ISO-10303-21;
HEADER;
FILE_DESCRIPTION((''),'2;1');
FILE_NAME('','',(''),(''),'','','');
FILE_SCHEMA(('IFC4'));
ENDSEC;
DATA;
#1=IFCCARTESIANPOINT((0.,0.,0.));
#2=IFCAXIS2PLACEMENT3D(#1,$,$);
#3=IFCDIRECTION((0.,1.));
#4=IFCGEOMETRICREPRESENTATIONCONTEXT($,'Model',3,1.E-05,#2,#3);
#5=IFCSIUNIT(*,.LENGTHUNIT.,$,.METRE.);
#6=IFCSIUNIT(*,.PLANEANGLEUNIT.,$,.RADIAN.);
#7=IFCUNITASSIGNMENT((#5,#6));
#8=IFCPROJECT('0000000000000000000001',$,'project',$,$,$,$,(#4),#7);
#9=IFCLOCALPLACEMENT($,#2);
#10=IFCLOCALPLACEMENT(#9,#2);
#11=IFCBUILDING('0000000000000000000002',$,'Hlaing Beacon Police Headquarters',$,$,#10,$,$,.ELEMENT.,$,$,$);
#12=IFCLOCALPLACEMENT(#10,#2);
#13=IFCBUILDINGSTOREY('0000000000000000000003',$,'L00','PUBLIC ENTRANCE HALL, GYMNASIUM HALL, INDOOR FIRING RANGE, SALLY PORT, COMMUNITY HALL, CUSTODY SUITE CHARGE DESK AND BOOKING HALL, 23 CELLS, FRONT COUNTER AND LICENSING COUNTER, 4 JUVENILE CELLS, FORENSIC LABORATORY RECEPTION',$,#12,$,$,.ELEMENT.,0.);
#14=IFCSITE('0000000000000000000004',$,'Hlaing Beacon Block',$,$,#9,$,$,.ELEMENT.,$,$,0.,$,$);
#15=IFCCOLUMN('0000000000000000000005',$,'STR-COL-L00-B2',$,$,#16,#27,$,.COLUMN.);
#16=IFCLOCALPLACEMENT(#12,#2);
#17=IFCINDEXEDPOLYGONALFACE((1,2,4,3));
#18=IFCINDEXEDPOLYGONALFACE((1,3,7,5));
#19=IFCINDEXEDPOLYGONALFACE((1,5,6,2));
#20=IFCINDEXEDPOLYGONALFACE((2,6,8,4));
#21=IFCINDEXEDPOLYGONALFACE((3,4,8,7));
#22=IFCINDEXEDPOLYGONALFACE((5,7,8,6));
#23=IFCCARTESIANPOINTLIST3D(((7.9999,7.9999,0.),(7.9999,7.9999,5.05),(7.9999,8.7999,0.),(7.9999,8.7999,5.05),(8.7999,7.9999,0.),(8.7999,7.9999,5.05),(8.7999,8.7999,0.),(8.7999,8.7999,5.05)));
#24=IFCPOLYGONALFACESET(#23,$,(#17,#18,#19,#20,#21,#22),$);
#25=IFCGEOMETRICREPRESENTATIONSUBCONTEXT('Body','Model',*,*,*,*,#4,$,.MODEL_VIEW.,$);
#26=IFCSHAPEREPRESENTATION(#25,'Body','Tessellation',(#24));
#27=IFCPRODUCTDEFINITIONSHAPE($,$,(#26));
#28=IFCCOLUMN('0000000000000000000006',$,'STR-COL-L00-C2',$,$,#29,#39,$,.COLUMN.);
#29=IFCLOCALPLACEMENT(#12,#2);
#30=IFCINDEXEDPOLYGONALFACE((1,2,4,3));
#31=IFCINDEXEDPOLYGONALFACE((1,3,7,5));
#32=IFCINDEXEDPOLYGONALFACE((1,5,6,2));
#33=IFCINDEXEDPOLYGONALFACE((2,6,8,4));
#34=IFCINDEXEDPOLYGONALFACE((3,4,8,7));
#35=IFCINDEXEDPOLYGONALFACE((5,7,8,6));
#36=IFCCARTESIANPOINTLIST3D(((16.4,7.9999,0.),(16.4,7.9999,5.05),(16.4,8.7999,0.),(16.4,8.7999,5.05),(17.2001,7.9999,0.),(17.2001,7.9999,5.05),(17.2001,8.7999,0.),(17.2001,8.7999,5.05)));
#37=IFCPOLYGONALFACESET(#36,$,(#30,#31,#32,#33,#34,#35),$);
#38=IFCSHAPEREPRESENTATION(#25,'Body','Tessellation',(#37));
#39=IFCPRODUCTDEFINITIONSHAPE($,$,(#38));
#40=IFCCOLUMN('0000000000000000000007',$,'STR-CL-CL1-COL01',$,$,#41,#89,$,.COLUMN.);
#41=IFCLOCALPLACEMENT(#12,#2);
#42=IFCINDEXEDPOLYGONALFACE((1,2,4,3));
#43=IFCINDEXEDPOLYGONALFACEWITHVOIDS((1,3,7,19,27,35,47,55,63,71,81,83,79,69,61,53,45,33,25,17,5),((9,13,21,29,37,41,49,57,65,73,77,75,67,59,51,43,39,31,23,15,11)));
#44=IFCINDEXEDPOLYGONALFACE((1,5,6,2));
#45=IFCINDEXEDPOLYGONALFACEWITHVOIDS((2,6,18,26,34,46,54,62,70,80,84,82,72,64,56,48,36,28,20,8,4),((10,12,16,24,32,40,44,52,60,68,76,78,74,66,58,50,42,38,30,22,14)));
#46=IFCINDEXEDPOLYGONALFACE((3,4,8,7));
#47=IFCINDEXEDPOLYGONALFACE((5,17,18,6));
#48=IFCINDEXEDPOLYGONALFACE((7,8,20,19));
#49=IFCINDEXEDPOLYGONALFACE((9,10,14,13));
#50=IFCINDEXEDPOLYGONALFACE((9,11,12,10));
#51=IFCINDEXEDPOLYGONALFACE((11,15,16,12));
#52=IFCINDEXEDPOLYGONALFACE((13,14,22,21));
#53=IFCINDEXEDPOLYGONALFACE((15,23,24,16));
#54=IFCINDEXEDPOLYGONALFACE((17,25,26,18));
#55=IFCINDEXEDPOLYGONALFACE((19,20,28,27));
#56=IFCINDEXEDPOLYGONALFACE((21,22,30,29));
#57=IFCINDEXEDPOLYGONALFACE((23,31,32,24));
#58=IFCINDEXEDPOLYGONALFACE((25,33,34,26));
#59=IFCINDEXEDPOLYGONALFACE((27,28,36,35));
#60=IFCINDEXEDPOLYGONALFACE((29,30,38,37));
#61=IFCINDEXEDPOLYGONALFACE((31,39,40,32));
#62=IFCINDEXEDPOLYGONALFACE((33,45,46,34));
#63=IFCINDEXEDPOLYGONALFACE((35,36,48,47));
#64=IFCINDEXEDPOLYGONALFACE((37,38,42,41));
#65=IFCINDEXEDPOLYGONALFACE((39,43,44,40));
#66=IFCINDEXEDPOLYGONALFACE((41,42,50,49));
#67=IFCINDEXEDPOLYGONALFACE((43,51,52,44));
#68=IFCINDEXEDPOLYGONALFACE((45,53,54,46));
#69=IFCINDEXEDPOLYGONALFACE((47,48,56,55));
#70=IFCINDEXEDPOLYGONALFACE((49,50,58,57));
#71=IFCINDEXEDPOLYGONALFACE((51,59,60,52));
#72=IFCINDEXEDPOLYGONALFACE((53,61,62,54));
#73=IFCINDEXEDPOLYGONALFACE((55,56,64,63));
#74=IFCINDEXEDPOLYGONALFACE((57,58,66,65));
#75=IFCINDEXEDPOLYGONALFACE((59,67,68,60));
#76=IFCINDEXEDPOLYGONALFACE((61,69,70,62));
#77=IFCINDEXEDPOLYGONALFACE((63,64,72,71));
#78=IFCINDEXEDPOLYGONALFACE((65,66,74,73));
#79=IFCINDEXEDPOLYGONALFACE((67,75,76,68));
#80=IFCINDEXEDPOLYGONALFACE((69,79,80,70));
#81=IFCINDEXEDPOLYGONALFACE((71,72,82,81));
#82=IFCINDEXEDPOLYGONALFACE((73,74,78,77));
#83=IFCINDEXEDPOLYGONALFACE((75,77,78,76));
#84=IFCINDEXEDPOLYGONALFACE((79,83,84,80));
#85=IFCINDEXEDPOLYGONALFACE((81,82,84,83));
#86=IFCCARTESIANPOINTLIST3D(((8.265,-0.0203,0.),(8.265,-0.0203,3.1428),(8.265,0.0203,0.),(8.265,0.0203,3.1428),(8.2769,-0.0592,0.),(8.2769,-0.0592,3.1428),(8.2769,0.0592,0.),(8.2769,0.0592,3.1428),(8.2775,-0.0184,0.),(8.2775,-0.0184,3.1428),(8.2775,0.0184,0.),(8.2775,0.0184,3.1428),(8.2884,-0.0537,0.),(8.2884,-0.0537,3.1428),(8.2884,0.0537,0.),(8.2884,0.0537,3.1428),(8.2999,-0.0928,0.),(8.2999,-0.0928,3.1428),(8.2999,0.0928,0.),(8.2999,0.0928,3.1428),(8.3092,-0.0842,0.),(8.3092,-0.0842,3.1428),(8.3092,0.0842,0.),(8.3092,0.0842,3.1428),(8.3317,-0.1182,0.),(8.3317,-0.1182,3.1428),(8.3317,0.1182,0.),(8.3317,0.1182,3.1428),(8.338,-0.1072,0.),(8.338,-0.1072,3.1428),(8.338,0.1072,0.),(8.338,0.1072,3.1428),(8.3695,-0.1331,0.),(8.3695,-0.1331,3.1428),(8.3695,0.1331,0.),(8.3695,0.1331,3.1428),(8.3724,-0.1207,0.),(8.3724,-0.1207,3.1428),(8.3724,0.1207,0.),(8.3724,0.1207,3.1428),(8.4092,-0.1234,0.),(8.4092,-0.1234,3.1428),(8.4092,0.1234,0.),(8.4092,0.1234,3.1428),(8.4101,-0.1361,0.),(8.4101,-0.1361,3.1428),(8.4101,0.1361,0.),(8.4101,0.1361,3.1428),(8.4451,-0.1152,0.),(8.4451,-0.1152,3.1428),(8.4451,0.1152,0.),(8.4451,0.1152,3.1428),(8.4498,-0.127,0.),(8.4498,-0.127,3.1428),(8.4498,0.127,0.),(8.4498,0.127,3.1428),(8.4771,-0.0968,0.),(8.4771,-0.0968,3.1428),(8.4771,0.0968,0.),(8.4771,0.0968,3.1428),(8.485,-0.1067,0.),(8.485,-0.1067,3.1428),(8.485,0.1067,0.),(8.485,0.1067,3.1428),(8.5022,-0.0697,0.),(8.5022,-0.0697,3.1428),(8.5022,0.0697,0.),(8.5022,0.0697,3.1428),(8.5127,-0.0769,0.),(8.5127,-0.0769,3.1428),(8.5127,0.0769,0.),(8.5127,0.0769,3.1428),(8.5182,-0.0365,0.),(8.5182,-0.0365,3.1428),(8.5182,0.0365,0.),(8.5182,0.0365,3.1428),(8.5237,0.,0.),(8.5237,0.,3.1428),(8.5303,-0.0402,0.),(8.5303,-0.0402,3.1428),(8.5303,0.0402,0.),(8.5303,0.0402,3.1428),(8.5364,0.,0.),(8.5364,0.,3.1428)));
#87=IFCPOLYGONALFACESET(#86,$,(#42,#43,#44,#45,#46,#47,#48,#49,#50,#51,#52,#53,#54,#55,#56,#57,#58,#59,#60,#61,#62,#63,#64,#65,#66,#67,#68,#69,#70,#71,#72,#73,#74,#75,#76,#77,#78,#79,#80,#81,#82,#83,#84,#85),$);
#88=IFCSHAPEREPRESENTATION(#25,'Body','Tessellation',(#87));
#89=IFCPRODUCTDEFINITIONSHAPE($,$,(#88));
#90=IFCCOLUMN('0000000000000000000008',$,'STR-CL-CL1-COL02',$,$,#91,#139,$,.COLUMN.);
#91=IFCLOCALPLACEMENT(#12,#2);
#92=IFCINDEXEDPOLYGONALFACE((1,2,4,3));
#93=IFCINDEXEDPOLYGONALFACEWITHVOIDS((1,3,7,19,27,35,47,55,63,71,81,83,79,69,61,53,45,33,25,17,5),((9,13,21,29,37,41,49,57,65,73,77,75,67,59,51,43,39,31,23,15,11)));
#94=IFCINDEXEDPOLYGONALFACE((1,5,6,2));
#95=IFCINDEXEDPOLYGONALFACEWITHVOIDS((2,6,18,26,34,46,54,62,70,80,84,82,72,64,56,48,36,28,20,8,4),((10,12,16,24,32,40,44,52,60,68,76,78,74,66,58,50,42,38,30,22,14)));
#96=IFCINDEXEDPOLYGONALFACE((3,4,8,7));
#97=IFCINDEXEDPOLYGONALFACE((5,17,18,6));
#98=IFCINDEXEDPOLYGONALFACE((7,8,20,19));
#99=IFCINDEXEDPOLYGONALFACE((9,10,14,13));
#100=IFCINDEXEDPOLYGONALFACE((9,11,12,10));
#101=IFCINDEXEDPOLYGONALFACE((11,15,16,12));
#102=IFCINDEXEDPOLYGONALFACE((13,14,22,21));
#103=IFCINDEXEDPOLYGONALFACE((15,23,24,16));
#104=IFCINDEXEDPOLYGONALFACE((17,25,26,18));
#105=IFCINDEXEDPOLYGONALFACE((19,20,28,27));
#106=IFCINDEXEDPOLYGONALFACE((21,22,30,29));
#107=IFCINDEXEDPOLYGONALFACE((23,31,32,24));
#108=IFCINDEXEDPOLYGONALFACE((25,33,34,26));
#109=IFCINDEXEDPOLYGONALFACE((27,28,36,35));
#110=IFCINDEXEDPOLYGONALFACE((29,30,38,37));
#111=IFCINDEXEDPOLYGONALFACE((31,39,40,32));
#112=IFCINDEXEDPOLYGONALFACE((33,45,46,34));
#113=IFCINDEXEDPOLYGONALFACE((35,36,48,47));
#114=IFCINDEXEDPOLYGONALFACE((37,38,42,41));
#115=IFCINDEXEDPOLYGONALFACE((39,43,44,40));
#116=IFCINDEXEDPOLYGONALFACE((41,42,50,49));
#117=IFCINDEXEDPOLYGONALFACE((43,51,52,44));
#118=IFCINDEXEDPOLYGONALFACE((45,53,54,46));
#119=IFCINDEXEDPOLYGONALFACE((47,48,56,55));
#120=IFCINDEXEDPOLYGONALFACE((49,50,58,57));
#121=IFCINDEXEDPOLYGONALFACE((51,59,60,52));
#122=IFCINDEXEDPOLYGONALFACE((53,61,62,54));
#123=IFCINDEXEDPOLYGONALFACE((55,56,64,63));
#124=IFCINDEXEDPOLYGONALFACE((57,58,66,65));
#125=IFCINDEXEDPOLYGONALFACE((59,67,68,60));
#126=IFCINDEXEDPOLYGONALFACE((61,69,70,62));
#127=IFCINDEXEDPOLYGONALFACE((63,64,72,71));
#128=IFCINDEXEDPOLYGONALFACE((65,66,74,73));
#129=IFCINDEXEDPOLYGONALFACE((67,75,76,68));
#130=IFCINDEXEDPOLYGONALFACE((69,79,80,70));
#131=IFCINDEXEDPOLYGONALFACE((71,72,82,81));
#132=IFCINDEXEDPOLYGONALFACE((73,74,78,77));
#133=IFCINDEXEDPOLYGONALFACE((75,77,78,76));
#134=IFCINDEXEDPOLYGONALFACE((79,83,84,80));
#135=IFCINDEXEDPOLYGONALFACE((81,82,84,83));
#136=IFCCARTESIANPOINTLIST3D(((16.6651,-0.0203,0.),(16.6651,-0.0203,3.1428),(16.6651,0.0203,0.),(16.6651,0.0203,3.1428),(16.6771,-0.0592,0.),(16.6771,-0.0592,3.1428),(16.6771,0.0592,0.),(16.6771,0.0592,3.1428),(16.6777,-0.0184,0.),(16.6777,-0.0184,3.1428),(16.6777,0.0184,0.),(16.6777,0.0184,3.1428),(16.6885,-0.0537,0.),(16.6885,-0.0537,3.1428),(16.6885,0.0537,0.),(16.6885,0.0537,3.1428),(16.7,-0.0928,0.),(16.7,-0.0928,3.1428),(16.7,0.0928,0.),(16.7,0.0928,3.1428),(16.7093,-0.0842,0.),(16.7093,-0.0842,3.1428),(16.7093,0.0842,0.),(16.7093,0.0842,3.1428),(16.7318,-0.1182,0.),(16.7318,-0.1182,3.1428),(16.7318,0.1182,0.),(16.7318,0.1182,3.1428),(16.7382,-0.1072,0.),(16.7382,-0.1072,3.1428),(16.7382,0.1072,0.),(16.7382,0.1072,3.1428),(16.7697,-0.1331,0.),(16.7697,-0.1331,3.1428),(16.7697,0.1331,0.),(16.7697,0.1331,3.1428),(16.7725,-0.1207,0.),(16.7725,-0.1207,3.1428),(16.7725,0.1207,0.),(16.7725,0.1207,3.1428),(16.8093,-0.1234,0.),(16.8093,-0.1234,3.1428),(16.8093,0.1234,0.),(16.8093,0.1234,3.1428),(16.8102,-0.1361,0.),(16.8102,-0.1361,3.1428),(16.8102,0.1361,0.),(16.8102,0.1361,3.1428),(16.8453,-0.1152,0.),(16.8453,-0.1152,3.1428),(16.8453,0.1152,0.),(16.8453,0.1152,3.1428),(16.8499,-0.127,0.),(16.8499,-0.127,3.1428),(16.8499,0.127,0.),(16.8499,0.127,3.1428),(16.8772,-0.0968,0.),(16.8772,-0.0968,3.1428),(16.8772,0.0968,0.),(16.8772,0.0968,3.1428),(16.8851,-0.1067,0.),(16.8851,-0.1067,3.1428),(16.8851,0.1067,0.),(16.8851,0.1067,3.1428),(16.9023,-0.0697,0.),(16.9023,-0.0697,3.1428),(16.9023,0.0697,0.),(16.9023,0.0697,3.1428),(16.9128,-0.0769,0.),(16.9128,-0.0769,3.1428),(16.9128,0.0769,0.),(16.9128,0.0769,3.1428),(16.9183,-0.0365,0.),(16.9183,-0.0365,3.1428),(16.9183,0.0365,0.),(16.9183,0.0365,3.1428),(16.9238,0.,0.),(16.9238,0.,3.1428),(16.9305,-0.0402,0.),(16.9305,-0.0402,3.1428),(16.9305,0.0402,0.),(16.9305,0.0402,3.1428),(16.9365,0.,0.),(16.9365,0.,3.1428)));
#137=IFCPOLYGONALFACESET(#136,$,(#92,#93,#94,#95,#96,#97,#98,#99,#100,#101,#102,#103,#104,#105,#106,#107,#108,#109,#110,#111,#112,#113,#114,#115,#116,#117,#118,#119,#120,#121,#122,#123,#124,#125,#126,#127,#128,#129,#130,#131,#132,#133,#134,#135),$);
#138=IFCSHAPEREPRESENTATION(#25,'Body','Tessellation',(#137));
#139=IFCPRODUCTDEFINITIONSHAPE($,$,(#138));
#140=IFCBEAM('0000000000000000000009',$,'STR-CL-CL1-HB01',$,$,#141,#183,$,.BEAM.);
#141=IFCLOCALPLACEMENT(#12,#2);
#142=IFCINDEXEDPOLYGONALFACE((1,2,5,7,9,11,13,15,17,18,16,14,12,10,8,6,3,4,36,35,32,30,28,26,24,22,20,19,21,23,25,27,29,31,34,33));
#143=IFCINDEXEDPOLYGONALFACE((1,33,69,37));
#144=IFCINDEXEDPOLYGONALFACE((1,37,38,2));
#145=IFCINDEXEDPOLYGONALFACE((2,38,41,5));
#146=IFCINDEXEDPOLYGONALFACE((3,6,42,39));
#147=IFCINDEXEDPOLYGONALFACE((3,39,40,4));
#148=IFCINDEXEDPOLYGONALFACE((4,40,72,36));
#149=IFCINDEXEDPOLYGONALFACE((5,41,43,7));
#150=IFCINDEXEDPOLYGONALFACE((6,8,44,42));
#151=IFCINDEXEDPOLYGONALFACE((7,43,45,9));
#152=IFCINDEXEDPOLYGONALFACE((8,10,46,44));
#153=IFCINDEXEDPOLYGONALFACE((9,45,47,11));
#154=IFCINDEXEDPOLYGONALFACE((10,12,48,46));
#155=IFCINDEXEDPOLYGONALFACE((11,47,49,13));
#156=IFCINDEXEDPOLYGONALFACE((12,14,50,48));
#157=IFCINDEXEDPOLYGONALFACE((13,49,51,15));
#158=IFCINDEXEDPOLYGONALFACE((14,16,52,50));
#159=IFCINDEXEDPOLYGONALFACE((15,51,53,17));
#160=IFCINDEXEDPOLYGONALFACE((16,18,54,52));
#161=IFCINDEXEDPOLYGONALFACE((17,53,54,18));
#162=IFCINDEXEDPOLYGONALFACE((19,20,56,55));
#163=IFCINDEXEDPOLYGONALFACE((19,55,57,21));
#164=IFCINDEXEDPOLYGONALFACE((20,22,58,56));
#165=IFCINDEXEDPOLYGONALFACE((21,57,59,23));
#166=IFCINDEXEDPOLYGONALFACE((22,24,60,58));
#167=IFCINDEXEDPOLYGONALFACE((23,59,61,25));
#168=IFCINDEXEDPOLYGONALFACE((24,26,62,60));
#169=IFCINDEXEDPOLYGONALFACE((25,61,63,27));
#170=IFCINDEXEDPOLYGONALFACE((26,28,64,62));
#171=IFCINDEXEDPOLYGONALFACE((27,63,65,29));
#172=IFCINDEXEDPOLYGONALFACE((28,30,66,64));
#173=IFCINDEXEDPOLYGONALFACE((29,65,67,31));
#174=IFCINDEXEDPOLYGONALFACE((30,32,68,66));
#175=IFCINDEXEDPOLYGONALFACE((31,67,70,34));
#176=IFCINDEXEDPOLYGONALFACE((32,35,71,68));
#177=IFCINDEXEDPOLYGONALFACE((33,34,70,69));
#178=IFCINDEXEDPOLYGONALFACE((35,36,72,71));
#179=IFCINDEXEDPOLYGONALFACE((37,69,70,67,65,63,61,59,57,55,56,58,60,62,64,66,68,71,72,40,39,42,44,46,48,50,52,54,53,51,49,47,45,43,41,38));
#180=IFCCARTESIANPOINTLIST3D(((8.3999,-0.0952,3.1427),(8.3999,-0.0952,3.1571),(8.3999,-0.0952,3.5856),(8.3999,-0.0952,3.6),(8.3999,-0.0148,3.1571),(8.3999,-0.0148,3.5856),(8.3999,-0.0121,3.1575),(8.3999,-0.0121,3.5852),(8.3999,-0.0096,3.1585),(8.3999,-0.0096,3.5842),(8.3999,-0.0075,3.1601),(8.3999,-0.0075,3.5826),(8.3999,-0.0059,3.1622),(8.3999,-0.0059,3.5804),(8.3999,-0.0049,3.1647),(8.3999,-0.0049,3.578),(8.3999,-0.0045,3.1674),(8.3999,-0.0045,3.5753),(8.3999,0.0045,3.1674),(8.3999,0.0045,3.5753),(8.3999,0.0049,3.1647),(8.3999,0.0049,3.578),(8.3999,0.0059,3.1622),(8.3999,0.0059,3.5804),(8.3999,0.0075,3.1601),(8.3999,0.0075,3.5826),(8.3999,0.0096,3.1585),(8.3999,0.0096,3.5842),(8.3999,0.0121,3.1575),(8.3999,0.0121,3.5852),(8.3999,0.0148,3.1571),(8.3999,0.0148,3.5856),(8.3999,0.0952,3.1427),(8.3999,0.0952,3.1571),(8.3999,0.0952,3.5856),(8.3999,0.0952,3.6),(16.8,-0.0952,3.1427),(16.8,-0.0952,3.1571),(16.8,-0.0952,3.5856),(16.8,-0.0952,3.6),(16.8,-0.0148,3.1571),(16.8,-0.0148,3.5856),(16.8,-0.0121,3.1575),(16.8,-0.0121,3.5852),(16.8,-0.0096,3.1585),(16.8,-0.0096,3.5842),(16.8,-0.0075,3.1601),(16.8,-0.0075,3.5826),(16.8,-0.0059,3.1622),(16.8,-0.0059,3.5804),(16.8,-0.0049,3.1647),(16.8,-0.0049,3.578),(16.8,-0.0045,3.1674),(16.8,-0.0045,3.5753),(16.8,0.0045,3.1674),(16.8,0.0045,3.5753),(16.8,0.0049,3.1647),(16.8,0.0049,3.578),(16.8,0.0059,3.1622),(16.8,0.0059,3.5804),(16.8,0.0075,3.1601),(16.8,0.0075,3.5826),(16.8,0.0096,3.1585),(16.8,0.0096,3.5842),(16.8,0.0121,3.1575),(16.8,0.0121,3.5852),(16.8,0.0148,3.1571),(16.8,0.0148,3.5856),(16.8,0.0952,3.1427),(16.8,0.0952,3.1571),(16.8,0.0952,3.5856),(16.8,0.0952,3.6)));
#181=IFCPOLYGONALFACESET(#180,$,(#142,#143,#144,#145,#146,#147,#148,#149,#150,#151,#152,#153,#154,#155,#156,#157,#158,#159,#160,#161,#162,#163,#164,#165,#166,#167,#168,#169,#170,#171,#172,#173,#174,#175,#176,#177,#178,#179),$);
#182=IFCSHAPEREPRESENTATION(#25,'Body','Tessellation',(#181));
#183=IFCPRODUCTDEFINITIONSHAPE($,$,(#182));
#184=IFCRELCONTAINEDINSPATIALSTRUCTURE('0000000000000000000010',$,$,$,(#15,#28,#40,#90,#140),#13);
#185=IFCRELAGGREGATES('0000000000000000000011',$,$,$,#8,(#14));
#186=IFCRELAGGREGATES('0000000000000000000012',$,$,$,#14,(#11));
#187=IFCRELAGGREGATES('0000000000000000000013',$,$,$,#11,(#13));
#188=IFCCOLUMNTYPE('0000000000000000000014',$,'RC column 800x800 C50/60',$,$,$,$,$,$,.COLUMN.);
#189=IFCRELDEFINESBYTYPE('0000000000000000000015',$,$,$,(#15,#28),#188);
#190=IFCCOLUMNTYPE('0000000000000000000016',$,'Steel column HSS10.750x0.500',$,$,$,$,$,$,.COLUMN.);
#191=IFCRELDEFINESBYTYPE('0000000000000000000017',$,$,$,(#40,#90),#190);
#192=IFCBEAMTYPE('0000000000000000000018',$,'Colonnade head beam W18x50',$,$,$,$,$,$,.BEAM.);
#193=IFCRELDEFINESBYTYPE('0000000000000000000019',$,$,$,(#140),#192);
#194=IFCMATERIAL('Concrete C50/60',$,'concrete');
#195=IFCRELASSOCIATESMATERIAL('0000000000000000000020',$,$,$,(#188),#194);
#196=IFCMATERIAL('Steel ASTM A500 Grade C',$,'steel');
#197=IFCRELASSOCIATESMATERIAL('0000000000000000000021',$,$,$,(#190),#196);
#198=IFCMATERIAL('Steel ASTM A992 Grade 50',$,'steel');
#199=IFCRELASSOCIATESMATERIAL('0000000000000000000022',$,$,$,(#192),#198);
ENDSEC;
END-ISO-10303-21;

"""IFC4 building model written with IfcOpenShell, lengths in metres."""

from ifc_helpers import new_model, si_unit, direction, frame, origin, origin_2d, place, context, subcontext, project, spatial, rectangle, hollow_circle, i_section, extrude, material, material_profile, profile_set, type_object, element, save


model = new_model("IFC4")

# Units and contexts
model_context = context("Model", 3, precision=1e-05, world=origin(), true_north=direction((0.0, 1.0)))
body_context = subcontext(model_context, "Body", "Model", "MODEL_VIEW")
ifc_project = project(units=[si_unit("LENGTHUNIT", "METRE"), si_unit("PLANEANGLEUNIT", "RADIAN")], contexts=[model_context])

# Site, building, storey
site_placement = place(None, origin())
site = spatial("IfcSite", under=ifc_project, at=site_placement, Name="Hlaing Beacon Block", CompositionType="ELEMENT", RefElevation=0.0)
building_placement = place(site_placement, origin())
building = spatial("IfcBuilding", under=site, at=building_placement, Name="Hlaing Beacon Police Headquarters", CompositionType="ELEMENT")
storey_placement = place(building_placement, origin())
storey = spatial("IfcBuildingStorey", under=building, at=storey_placement, Name="L00", Description="PUBLIC ENTRANCE HALL, GYMNASIUM HALL, INDOOR FIRING RANGE, SALLY PORT, COMMUNITY HALL, CUSTODY SUITE CHARGE DESK AND BOOKING HALL, 23 CELLS, FRONT COUNTER AND LICENSING COUNTER, 4 JUVENILE CELLS, FORENSIC LABORATORY RECEPTION", CompositionType="ELEMENT", Elevation=0.0)

# Columns
ifc_material_1 = material(Name="Concrete C50/60", Category="concrete")
ifc_material_profile_1 = material_profile(ifc_material_1, rectangle(XDim=0.8, YDim=0.8, at=origin_2d()), Name="800x800")
ifc_profile_set_1 = profile_set([ifc_material_profile_1], Name="Concrete C50/60")
column_type_1 = type_object("IfcColumnType", Name="RC column 800x800 C50/60", PredefinedType="COLUMN", material=ifc_profile_set_1)
for number, where, z_axis, x_axis, name in (
    (1, (8.3999, 8.3999, 0.0), (0.0, 0.0, 1.0), (1.0, 0.0, 0.0), "STR-COL-L00-B2"),
    (2, (16.8, 8.3999, 0.0), (0.0, 0.0, 1.0), (1.0, 0.0, 0.0), "STR-COL-L00-C2"),
):
    element("IfcColumn", number, at=place(storey_placement, frame(where, z_axis=z_axis, x_axis=x_axis)), inside=storey, type_object=column_type_1, Name=name, PredefinedType="COLUMN", context=body_context, shape_type="SweptSolid", body=[
        extrude(rectangle(XDim=0.8, YDim=0.8, at=origin_2d()), origin(), (0.0, 0.0, 1.0), 5.05),
    ])
ifc_material_2 = material(Name="Steel ASTM A500 Grade C", Category="steel")
ifc_material_profile_2 = material_profile(ifc_material_2, hollow_circle(Radius=0.1365, WallThickness=0.0127, at=origin_2d()), Name="HSS10.750x0.500")
ifc_profile_set_2 = profile_set([ifc_material_profile_2], Name="Steel ASTM A500 Grade C")
column_type_2 = type_object("IfcColumnType", Name="Steel column HSS10.750x0.500", PredefinedType="COLUMN", material=ifc_profile_set_2)
for number, where, z_axis, x_axis, name in (
    (3, (8.3999, 0.0, 0.0), (0.0, 0.0, 1.0), (1.0, 0.0, 0.0), "STR-CL-CL1-COL01"),
    (4, (16.8, 0.0, 0.0), (0.0, 0.0, 1.0), (1.0, 0.0, 0.0), "STR-CL-CL1-COL02"),
):
    element("IfcColumn", number, at=place(storey_placement, frame(where, z_axis=z_axis, x_axis=x_axis)), inside=storey, type_object=column_type_2, Name=name, PredefinedType="COLUMN", context=body_context, shape_type="SweptSolid", body=[
        extrude(hollow_circle(Radius=0.1365, WallThickness=0.0127, at=origin_2d()), origin(), (0.0, 0.0, 1.0), 3.1428),
    ])

# Beam
ifc_material_3 = material(Name="Steel ASTM A992 Grade 50", Category="steel")
ifc_material_profile_3 = material_profile(ifc_material_3, i_section(OverallWidth=0.1904, OverallDepth=0.4573, WebThickness=0.009, FlangeThickness=0.0144, FilletRadius=0.0103, at=origin_2d()), Name="W18x50")
ifc_profile_set_3 = profile_set([ifc_material_profile_3], Name="Steel ASTM A992 Grade 50")
beam_type_1 = type_object("IfcBeamType", Name="Colonnade head beam W18x50", PredefinedType="BEAM", material=ifc_profile_set_3)
beam_1_placement = place(storey_placement, frame((8.3999, 0.0, 3.3713), z_axis=(1.0, 0.0, 0.0), x_axis=(0.0, 1.0, 0.0)))
element("IfcBeam", 5, at=beam_1_placement, inside=storey, type_object=beam_type_1, Name="STR-CL-CL1-HB01", PredefinedType="BEAM", context=body_context, shape_type="SweptSolid", body=[
    extrude(i_section(OverallWidth=0.1904, OverallDepth=0.4573, WebThickness=0.009, FlangeThickness=0.0144, FilletRadius=0.0103, at=origin_2d()), origin(), (0.0, 0.0, 1.0), 8.4001),
])

save(model, "model.ifc")
